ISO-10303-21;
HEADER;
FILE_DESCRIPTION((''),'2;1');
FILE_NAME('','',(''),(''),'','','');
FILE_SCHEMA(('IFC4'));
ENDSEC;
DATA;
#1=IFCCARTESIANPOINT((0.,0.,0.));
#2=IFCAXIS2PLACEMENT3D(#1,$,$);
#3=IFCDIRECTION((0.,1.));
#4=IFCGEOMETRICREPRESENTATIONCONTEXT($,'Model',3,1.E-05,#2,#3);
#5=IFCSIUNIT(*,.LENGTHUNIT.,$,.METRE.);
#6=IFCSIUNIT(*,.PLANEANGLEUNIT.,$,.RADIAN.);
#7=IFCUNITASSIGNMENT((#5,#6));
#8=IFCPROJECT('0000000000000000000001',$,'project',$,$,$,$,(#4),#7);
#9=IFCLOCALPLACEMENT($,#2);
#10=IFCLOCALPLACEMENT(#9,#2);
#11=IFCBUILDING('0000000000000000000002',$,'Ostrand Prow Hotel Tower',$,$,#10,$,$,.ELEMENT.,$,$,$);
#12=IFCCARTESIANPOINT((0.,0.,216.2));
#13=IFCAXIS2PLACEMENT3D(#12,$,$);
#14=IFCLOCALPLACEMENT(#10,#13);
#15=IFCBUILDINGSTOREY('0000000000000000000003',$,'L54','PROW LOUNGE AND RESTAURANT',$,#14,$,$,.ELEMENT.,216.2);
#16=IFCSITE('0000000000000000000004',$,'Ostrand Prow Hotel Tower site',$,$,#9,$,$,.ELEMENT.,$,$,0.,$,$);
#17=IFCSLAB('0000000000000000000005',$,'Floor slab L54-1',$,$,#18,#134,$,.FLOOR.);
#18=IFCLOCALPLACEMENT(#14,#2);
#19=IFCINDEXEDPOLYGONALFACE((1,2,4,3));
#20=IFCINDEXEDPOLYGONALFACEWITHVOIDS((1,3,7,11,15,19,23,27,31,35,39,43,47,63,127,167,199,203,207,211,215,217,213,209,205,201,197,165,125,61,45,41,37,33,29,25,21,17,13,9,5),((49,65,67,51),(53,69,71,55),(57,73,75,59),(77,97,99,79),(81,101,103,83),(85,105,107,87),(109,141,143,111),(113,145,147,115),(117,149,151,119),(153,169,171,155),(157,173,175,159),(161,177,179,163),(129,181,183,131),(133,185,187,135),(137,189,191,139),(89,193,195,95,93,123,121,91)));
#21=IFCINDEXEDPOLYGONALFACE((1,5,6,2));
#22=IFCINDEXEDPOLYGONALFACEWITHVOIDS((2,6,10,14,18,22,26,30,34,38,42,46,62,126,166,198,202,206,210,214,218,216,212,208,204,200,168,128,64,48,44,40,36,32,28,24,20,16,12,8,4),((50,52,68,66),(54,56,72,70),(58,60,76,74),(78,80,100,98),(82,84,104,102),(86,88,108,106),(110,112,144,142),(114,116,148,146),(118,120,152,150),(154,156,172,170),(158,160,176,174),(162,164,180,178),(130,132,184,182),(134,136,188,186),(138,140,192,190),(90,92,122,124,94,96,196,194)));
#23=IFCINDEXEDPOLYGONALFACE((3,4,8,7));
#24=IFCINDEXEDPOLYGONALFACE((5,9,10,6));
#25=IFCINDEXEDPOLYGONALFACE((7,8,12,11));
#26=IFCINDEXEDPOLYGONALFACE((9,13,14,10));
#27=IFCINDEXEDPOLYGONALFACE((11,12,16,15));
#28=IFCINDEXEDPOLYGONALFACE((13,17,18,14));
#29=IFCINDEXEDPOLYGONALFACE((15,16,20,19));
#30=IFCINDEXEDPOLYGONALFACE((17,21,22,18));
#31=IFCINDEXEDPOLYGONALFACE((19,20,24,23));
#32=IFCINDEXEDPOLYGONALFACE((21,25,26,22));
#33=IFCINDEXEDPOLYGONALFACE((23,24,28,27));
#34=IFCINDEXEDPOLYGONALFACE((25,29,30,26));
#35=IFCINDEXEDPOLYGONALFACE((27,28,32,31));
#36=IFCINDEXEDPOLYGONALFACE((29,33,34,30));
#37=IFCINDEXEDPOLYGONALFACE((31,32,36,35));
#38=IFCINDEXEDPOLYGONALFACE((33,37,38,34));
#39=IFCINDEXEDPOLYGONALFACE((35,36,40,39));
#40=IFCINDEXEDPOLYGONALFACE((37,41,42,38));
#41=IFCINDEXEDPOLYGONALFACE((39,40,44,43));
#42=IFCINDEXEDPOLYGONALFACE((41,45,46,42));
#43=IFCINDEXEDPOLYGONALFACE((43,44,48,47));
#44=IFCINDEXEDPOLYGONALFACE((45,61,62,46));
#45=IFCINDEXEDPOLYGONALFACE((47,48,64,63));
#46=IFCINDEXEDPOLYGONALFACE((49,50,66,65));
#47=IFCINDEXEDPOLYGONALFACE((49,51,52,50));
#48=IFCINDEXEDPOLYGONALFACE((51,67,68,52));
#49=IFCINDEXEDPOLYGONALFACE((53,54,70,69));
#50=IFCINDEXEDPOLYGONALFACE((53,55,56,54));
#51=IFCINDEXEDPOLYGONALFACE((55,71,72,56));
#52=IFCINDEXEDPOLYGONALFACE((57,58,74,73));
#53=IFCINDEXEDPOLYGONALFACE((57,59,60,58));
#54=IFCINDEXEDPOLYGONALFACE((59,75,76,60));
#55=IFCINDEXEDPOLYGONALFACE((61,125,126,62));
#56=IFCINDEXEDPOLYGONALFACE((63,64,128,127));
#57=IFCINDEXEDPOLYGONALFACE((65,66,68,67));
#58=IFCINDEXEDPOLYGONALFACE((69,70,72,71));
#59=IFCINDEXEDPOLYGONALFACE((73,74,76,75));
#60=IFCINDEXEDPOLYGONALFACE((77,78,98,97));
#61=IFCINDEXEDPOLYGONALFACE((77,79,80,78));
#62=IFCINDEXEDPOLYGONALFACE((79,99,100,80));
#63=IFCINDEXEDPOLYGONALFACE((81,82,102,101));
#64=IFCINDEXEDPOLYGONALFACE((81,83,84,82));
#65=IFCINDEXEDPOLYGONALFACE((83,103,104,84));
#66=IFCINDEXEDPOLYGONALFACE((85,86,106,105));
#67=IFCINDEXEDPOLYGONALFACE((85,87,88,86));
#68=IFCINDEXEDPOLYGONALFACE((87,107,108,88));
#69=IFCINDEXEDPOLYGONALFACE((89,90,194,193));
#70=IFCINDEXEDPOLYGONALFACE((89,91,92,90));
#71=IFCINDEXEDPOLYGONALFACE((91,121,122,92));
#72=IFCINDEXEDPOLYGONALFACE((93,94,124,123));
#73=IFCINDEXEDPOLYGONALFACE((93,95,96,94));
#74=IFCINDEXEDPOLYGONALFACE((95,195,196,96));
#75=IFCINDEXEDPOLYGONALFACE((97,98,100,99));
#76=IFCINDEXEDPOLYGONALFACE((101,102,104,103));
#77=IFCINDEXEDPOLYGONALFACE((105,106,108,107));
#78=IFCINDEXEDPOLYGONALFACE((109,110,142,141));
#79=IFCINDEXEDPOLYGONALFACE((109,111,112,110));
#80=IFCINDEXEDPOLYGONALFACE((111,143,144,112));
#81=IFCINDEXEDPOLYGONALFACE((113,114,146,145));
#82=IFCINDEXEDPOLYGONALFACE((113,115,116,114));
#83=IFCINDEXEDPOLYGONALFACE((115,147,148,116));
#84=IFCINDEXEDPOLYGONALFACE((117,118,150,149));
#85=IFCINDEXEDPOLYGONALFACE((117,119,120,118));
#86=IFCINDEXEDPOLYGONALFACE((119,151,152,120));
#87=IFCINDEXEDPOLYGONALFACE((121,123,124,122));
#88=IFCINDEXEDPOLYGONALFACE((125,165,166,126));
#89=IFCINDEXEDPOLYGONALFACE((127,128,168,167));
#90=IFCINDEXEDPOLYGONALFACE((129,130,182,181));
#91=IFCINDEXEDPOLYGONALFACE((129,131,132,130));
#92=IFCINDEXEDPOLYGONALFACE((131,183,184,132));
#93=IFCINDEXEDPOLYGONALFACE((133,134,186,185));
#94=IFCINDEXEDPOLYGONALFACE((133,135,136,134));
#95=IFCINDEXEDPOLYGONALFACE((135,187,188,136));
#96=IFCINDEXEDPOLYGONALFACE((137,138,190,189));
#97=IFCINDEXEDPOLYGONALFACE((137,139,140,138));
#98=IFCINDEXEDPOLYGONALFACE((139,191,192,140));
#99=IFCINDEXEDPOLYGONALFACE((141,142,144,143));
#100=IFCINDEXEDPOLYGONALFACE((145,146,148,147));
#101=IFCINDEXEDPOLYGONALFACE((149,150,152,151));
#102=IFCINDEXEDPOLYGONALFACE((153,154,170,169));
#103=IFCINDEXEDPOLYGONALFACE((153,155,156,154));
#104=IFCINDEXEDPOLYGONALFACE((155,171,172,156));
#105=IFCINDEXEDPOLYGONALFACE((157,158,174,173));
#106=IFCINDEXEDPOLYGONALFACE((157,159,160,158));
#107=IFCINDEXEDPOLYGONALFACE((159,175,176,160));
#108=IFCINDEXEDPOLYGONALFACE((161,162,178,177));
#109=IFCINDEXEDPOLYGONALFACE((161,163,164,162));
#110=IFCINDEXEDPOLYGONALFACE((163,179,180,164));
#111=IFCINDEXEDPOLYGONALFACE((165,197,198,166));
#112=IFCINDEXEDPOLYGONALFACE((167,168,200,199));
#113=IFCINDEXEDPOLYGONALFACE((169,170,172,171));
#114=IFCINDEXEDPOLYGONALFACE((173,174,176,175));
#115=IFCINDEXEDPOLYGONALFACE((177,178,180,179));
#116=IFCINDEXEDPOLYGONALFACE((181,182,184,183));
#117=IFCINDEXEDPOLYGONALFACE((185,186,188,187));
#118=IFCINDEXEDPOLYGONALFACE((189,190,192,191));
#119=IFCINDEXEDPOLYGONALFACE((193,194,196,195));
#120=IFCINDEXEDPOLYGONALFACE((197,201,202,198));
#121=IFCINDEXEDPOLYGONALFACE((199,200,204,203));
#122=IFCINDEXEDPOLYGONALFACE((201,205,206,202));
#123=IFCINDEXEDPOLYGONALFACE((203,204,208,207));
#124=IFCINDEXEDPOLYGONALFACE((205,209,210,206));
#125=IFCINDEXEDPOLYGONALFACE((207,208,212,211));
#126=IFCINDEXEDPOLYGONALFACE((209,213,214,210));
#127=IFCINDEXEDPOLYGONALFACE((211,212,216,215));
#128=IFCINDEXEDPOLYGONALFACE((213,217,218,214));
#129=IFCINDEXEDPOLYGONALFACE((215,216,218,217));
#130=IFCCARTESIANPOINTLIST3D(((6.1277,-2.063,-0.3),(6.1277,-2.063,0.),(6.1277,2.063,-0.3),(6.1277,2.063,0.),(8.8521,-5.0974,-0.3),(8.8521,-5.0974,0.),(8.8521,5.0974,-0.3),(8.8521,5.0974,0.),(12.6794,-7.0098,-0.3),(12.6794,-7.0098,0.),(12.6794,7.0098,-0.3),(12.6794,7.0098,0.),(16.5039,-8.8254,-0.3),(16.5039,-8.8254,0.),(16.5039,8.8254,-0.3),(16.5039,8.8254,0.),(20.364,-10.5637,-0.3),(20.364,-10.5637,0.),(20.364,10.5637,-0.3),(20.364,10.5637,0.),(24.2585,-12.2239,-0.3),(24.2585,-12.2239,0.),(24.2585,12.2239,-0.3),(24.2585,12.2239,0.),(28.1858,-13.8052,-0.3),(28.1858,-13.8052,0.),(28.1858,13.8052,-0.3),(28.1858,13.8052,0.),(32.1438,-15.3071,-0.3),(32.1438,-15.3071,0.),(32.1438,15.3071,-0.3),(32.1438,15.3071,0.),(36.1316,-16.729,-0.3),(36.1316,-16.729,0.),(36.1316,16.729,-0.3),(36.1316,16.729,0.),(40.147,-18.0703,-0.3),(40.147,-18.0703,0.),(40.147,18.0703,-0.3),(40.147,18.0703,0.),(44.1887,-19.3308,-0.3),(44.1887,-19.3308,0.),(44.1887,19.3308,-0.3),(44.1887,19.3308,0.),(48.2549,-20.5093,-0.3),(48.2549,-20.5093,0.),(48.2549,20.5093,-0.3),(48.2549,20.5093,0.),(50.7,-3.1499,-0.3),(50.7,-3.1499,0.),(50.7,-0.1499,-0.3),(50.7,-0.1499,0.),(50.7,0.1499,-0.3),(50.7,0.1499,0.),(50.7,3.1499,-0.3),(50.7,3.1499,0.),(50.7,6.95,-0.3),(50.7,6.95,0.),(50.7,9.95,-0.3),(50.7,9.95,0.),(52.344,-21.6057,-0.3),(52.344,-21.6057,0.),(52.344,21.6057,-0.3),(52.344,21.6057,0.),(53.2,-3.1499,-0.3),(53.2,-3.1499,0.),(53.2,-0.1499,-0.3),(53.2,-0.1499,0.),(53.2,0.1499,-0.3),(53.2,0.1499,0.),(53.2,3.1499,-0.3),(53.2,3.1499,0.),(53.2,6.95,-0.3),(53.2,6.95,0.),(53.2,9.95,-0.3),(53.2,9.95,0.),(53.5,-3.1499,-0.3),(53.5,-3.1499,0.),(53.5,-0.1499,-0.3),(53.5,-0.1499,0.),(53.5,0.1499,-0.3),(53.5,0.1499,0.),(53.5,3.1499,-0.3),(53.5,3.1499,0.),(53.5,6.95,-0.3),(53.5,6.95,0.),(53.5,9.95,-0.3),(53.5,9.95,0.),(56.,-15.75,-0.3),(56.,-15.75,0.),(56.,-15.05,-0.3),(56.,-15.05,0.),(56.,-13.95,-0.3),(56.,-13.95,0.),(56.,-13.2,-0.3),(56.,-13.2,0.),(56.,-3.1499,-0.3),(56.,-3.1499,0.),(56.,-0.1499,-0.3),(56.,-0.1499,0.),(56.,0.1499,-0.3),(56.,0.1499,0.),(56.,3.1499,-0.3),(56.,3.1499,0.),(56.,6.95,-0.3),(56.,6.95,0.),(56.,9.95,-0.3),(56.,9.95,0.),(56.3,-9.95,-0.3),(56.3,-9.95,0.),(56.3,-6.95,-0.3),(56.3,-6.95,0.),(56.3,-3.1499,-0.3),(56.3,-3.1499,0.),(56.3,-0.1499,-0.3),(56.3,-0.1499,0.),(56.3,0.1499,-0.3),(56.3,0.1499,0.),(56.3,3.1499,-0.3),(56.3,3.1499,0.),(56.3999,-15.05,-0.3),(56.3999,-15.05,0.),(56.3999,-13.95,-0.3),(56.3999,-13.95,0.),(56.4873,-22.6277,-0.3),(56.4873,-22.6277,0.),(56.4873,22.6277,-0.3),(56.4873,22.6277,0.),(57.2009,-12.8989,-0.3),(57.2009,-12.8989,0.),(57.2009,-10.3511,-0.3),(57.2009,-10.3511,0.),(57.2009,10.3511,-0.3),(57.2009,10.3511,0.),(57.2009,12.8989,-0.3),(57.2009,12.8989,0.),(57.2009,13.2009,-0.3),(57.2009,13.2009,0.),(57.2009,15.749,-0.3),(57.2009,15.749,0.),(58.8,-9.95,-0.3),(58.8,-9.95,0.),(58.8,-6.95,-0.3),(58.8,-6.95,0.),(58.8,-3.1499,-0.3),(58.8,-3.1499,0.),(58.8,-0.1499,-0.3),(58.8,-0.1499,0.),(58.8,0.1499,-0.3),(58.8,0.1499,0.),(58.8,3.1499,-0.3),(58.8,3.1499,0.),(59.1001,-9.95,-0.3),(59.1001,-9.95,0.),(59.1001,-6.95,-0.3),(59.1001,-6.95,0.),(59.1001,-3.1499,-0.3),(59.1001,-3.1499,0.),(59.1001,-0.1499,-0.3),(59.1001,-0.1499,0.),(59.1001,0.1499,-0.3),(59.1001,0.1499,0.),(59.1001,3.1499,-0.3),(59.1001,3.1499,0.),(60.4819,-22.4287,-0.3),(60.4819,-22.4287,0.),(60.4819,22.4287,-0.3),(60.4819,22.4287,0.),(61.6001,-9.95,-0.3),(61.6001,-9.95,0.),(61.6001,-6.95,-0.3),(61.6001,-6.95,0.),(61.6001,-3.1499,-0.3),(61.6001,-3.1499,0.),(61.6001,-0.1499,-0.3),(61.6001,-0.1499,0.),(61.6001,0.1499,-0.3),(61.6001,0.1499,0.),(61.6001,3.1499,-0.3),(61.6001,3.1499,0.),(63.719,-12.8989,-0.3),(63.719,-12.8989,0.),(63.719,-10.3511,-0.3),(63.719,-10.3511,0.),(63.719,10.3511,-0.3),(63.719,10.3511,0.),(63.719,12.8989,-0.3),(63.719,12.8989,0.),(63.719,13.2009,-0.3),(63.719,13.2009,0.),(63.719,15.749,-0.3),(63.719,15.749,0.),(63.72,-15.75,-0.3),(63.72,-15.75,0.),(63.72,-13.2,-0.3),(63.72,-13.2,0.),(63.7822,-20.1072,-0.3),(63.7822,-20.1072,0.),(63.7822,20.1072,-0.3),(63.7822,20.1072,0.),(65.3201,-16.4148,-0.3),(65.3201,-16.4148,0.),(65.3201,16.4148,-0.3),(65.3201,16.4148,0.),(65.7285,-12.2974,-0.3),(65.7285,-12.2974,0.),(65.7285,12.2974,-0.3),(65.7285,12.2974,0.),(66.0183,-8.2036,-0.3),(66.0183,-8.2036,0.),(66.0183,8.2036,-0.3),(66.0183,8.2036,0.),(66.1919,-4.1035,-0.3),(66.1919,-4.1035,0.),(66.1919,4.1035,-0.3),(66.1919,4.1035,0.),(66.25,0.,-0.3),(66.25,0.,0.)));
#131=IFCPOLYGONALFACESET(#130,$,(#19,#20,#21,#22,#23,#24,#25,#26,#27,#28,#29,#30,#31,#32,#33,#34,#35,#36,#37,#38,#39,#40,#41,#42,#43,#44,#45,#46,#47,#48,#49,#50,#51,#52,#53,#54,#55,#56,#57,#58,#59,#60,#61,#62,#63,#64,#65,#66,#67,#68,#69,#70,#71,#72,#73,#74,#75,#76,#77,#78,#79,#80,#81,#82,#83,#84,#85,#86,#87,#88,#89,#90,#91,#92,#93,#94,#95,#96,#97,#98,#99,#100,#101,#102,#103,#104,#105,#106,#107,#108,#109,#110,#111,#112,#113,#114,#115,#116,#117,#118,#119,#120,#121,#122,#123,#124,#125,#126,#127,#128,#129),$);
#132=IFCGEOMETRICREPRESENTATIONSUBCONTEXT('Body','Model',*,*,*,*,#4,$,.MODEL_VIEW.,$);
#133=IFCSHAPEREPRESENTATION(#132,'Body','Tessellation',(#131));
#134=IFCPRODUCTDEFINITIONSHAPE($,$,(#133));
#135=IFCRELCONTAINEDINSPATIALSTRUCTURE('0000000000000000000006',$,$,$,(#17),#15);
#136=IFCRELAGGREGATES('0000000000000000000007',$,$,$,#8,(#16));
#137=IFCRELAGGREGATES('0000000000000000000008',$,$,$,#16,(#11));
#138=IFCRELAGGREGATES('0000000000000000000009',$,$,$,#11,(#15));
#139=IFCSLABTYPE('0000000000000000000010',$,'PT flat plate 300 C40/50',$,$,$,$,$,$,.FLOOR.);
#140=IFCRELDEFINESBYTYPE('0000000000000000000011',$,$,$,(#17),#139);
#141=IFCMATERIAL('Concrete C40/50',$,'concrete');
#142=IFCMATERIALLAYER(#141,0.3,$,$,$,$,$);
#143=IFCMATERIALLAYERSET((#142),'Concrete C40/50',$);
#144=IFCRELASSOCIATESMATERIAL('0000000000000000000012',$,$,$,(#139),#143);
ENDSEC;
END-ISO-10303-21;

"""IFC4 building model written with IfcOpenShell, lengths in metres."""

from ifc_helpers import new_model, si_unit, direction, frame, origin, place, context, subcontext, project, spatial, polyline, outline, extrude, material, layer, layer_set, type_object, element, save


model = new_model("IFC4")

# Units and contexts
model_context = context("Model", 3, precision=1e-05, world=origin(), true_north=direction((0.0, 1.0)))
body_context = subcontext(model_context, "Body", "Model", "MODEL_VIEW")
ifc_project = project(units=[si_unit("LENGTHUNIT", "METRE"), si_unit("PLANEANGLEUNIT", "RADIAN")], contexts=[model_context])

# Site, building, storey
site_placement = place(None, origin())
site = spatial("IfcSite", under=ifc_project, at=site_placement, Name="Ostrand Prow Hotel Tower site", CompositionType="ELEMENT", RefElevation=0.0)
building_placement = place(site_placement, origin())
building = spatial("IfcBuilding", under=site, at=building_placement, Name="Ostrand Prow Hotel Tower", CompositionType="ELEMENT")
storey_placement = place(building_placement, frame((0.0, 0.0, 216.2)))
storey = spatial("IfcBuildingStorey", under=building, at=storey_placement, Name="L54", Description="PROW LOUNGE AND RESTAURANT", CompositionType="ELEMENT", Elevation=216.2)

# Slab, opening
ifc_material_1 = material(Name="Concrete C40/50", Category="concrete")
ifc_layer_1 = layer(ifc_material_1, 0.3)
ifc_layer_set_1 = layer_set([ifc_layer_1], Name="Concrete C40/50")
slab_type_1 = type_object("IfcSlabType", Name="PT flat plate 300 C40/50", PredefinedType="FLOOR", material=ifc_layer_set_1)
slab_1_placement = place(storey_placement, frame((0.0, 0.0, -0.3)))
slab_1 = element("IfcSlab", 1, at=slab_1_placement, inside=storey, type_object=slab_type_1, Name="Floor slab L54-1", PredefinedType="FLOOR", context=body_context, shape_type="SweptSolid", body=[
    extrude(outline(polyline([(8.8521, 5.0974), (12.6794, 7.0098), (16.5039, 8.8254), (20.364, 10.5637), (24.2585, 12.2239), (28.1858, 13.8052), (32.1438, 15.3071), (36.1316, 16.729), (40.147, 18.0703), (44.1887, 19.3308), (48.2549, 20.5093), (52.344, 21.6057), (56.4873, 22.6277), (60.4819, 22.4287), (63.7822, 20.1072), (65.3201, 16.4148), (65.7285, 12.2974), (66.0183, 8.2036), (66.1919, 4.1035), (66.25, 0.0), (66.1919, -4.1035), (66.0183, -8.2036), (65.7285, -12.2974), (65.3201, -16.4148), (63.7822, -20.1072), (60.4819, -22.4287), (56.4873, -22.6277), (52.344, -21.6057), (48.2549, -20.5093), (44.1887, -19.3308), (40.147, -18.0703), (36.1316, -16.729), (32.1438, -15.3071), (28.1858, -13.8052), (24.2585, -12.2239), (20.364, -10.5637), (16.5039, -8.8254), (12.6794, -7.0098), (8.8521, -5.0974), (6.1277, -2.063), (6.1277, 2.063), (8.8521, 5.0974)]), holes=[polyline([(50.7, 6.95), (53.2, 6.95), (53.2, 9.95), (50.7, 9.95), (50.7, 6.95)]), polyline([(53.5, 6.95), (56.0, 6.95), (56.0, 9.95), (53.5, 9.95), (53.5, 6.95)]), polyline([(50.7, 0.1499), (53.2, 0.1499), (53.2, 3.1499), (50.7, 3.1499), (50.7, 0.1499)]), polyline([(53.5, 0.1499), (56.0, 0.1499), (56.0, 3.1499), (53.5, 3.1499), (53.5, 0.1499)]), polyline([(56.3, 0.1499), (58.8, 0.1499), (58.8, 3.1499), (56.3, 3.1499), (56.3, 0.1499)]), polyline([(59.1001, 0.1499), (61.6001, 0.1499), (61.6001, 3.1499), (59.1001, 3.1499), (59.1001, 0.1499)]), polyline([(50.7, -3.1499), (53.2, -3.1499), (53.2, -0.1499), (50.7, -0.1499), (50.7, -3.1499)]), polyline([(53.5, -3.1499), (56.0, -3.1499), (56.0, -0.1499), (53.5, -0.1499), (53.5, -3.1499)]), polyline([(56.3, -3.1499), (58.8, -3.1499), (58.8, -0.1499), (56.3, -0.1499), (56.3, -3.1499)]), polyline([(59.1001, -3.1499), (61.6001, -3.1499), (61.6001, -0.1499), (59.1001, -0.1499), (59.1001, -3.1499)]), polyline([(56.3, -9.95), (58.8, -9.95), (58.8, -6.95), (56.3, -6.95), (56.3, -9.95)]), polyline([(59.1001, -9.95), (61.6001, -9.95), (61.6001, -6.95), (59.1001, -6.95), (59.1001, -9.95)]), polyline([(57.2009, 10.3511), (57.2009, 12.8989), (63.719, 12.8989), (63.719, 10.3511), (57.2009, 10.3511)]), polyline([(57.2009, 13.2009), (57.2009, 15.749), (63.719, 15.749), (63.719, 13.2009), (57.2009, 13.2009)]), polyline([(57.2009, -12.8989), (57.2009, -10.3511), (63.719, -10.3511), (63.719, -12.8989), (57.2009, -12.8989)]), polyline([(63.72, -13.2), (63.72, -15.75), (56.0, -15.75), (56.0, -15.05), (56.3999, -15.05), (56.3999, -13.95), (56.0, -13.95), (56.0, -13.2), (63.72, -13.2)])]), origin(), (0.0, 0.0, 1.0), 0.3),
])
opening_1_placement = place(slab_1_placement, origin())
element("IfcOpeningElement", 2, at=opening_1_placement, cuts=slab_1, PredefinedType="OPENING", context=body_context, shape_type="SweptSolid", body=[
    extrude(outline(polyline([(63.72, -13.2), (63.72, -15.75), (56.0, -15.75), (56.0, -15.05), (56.3999, -15.05), (56.3999, -13.95), (56.0, -13.95), (56.0, -13.2), (63.72, -13.2)])), origin(), (0.0, 0.0, 1.0), 0.3),
])

save(model, "model.ifc")
